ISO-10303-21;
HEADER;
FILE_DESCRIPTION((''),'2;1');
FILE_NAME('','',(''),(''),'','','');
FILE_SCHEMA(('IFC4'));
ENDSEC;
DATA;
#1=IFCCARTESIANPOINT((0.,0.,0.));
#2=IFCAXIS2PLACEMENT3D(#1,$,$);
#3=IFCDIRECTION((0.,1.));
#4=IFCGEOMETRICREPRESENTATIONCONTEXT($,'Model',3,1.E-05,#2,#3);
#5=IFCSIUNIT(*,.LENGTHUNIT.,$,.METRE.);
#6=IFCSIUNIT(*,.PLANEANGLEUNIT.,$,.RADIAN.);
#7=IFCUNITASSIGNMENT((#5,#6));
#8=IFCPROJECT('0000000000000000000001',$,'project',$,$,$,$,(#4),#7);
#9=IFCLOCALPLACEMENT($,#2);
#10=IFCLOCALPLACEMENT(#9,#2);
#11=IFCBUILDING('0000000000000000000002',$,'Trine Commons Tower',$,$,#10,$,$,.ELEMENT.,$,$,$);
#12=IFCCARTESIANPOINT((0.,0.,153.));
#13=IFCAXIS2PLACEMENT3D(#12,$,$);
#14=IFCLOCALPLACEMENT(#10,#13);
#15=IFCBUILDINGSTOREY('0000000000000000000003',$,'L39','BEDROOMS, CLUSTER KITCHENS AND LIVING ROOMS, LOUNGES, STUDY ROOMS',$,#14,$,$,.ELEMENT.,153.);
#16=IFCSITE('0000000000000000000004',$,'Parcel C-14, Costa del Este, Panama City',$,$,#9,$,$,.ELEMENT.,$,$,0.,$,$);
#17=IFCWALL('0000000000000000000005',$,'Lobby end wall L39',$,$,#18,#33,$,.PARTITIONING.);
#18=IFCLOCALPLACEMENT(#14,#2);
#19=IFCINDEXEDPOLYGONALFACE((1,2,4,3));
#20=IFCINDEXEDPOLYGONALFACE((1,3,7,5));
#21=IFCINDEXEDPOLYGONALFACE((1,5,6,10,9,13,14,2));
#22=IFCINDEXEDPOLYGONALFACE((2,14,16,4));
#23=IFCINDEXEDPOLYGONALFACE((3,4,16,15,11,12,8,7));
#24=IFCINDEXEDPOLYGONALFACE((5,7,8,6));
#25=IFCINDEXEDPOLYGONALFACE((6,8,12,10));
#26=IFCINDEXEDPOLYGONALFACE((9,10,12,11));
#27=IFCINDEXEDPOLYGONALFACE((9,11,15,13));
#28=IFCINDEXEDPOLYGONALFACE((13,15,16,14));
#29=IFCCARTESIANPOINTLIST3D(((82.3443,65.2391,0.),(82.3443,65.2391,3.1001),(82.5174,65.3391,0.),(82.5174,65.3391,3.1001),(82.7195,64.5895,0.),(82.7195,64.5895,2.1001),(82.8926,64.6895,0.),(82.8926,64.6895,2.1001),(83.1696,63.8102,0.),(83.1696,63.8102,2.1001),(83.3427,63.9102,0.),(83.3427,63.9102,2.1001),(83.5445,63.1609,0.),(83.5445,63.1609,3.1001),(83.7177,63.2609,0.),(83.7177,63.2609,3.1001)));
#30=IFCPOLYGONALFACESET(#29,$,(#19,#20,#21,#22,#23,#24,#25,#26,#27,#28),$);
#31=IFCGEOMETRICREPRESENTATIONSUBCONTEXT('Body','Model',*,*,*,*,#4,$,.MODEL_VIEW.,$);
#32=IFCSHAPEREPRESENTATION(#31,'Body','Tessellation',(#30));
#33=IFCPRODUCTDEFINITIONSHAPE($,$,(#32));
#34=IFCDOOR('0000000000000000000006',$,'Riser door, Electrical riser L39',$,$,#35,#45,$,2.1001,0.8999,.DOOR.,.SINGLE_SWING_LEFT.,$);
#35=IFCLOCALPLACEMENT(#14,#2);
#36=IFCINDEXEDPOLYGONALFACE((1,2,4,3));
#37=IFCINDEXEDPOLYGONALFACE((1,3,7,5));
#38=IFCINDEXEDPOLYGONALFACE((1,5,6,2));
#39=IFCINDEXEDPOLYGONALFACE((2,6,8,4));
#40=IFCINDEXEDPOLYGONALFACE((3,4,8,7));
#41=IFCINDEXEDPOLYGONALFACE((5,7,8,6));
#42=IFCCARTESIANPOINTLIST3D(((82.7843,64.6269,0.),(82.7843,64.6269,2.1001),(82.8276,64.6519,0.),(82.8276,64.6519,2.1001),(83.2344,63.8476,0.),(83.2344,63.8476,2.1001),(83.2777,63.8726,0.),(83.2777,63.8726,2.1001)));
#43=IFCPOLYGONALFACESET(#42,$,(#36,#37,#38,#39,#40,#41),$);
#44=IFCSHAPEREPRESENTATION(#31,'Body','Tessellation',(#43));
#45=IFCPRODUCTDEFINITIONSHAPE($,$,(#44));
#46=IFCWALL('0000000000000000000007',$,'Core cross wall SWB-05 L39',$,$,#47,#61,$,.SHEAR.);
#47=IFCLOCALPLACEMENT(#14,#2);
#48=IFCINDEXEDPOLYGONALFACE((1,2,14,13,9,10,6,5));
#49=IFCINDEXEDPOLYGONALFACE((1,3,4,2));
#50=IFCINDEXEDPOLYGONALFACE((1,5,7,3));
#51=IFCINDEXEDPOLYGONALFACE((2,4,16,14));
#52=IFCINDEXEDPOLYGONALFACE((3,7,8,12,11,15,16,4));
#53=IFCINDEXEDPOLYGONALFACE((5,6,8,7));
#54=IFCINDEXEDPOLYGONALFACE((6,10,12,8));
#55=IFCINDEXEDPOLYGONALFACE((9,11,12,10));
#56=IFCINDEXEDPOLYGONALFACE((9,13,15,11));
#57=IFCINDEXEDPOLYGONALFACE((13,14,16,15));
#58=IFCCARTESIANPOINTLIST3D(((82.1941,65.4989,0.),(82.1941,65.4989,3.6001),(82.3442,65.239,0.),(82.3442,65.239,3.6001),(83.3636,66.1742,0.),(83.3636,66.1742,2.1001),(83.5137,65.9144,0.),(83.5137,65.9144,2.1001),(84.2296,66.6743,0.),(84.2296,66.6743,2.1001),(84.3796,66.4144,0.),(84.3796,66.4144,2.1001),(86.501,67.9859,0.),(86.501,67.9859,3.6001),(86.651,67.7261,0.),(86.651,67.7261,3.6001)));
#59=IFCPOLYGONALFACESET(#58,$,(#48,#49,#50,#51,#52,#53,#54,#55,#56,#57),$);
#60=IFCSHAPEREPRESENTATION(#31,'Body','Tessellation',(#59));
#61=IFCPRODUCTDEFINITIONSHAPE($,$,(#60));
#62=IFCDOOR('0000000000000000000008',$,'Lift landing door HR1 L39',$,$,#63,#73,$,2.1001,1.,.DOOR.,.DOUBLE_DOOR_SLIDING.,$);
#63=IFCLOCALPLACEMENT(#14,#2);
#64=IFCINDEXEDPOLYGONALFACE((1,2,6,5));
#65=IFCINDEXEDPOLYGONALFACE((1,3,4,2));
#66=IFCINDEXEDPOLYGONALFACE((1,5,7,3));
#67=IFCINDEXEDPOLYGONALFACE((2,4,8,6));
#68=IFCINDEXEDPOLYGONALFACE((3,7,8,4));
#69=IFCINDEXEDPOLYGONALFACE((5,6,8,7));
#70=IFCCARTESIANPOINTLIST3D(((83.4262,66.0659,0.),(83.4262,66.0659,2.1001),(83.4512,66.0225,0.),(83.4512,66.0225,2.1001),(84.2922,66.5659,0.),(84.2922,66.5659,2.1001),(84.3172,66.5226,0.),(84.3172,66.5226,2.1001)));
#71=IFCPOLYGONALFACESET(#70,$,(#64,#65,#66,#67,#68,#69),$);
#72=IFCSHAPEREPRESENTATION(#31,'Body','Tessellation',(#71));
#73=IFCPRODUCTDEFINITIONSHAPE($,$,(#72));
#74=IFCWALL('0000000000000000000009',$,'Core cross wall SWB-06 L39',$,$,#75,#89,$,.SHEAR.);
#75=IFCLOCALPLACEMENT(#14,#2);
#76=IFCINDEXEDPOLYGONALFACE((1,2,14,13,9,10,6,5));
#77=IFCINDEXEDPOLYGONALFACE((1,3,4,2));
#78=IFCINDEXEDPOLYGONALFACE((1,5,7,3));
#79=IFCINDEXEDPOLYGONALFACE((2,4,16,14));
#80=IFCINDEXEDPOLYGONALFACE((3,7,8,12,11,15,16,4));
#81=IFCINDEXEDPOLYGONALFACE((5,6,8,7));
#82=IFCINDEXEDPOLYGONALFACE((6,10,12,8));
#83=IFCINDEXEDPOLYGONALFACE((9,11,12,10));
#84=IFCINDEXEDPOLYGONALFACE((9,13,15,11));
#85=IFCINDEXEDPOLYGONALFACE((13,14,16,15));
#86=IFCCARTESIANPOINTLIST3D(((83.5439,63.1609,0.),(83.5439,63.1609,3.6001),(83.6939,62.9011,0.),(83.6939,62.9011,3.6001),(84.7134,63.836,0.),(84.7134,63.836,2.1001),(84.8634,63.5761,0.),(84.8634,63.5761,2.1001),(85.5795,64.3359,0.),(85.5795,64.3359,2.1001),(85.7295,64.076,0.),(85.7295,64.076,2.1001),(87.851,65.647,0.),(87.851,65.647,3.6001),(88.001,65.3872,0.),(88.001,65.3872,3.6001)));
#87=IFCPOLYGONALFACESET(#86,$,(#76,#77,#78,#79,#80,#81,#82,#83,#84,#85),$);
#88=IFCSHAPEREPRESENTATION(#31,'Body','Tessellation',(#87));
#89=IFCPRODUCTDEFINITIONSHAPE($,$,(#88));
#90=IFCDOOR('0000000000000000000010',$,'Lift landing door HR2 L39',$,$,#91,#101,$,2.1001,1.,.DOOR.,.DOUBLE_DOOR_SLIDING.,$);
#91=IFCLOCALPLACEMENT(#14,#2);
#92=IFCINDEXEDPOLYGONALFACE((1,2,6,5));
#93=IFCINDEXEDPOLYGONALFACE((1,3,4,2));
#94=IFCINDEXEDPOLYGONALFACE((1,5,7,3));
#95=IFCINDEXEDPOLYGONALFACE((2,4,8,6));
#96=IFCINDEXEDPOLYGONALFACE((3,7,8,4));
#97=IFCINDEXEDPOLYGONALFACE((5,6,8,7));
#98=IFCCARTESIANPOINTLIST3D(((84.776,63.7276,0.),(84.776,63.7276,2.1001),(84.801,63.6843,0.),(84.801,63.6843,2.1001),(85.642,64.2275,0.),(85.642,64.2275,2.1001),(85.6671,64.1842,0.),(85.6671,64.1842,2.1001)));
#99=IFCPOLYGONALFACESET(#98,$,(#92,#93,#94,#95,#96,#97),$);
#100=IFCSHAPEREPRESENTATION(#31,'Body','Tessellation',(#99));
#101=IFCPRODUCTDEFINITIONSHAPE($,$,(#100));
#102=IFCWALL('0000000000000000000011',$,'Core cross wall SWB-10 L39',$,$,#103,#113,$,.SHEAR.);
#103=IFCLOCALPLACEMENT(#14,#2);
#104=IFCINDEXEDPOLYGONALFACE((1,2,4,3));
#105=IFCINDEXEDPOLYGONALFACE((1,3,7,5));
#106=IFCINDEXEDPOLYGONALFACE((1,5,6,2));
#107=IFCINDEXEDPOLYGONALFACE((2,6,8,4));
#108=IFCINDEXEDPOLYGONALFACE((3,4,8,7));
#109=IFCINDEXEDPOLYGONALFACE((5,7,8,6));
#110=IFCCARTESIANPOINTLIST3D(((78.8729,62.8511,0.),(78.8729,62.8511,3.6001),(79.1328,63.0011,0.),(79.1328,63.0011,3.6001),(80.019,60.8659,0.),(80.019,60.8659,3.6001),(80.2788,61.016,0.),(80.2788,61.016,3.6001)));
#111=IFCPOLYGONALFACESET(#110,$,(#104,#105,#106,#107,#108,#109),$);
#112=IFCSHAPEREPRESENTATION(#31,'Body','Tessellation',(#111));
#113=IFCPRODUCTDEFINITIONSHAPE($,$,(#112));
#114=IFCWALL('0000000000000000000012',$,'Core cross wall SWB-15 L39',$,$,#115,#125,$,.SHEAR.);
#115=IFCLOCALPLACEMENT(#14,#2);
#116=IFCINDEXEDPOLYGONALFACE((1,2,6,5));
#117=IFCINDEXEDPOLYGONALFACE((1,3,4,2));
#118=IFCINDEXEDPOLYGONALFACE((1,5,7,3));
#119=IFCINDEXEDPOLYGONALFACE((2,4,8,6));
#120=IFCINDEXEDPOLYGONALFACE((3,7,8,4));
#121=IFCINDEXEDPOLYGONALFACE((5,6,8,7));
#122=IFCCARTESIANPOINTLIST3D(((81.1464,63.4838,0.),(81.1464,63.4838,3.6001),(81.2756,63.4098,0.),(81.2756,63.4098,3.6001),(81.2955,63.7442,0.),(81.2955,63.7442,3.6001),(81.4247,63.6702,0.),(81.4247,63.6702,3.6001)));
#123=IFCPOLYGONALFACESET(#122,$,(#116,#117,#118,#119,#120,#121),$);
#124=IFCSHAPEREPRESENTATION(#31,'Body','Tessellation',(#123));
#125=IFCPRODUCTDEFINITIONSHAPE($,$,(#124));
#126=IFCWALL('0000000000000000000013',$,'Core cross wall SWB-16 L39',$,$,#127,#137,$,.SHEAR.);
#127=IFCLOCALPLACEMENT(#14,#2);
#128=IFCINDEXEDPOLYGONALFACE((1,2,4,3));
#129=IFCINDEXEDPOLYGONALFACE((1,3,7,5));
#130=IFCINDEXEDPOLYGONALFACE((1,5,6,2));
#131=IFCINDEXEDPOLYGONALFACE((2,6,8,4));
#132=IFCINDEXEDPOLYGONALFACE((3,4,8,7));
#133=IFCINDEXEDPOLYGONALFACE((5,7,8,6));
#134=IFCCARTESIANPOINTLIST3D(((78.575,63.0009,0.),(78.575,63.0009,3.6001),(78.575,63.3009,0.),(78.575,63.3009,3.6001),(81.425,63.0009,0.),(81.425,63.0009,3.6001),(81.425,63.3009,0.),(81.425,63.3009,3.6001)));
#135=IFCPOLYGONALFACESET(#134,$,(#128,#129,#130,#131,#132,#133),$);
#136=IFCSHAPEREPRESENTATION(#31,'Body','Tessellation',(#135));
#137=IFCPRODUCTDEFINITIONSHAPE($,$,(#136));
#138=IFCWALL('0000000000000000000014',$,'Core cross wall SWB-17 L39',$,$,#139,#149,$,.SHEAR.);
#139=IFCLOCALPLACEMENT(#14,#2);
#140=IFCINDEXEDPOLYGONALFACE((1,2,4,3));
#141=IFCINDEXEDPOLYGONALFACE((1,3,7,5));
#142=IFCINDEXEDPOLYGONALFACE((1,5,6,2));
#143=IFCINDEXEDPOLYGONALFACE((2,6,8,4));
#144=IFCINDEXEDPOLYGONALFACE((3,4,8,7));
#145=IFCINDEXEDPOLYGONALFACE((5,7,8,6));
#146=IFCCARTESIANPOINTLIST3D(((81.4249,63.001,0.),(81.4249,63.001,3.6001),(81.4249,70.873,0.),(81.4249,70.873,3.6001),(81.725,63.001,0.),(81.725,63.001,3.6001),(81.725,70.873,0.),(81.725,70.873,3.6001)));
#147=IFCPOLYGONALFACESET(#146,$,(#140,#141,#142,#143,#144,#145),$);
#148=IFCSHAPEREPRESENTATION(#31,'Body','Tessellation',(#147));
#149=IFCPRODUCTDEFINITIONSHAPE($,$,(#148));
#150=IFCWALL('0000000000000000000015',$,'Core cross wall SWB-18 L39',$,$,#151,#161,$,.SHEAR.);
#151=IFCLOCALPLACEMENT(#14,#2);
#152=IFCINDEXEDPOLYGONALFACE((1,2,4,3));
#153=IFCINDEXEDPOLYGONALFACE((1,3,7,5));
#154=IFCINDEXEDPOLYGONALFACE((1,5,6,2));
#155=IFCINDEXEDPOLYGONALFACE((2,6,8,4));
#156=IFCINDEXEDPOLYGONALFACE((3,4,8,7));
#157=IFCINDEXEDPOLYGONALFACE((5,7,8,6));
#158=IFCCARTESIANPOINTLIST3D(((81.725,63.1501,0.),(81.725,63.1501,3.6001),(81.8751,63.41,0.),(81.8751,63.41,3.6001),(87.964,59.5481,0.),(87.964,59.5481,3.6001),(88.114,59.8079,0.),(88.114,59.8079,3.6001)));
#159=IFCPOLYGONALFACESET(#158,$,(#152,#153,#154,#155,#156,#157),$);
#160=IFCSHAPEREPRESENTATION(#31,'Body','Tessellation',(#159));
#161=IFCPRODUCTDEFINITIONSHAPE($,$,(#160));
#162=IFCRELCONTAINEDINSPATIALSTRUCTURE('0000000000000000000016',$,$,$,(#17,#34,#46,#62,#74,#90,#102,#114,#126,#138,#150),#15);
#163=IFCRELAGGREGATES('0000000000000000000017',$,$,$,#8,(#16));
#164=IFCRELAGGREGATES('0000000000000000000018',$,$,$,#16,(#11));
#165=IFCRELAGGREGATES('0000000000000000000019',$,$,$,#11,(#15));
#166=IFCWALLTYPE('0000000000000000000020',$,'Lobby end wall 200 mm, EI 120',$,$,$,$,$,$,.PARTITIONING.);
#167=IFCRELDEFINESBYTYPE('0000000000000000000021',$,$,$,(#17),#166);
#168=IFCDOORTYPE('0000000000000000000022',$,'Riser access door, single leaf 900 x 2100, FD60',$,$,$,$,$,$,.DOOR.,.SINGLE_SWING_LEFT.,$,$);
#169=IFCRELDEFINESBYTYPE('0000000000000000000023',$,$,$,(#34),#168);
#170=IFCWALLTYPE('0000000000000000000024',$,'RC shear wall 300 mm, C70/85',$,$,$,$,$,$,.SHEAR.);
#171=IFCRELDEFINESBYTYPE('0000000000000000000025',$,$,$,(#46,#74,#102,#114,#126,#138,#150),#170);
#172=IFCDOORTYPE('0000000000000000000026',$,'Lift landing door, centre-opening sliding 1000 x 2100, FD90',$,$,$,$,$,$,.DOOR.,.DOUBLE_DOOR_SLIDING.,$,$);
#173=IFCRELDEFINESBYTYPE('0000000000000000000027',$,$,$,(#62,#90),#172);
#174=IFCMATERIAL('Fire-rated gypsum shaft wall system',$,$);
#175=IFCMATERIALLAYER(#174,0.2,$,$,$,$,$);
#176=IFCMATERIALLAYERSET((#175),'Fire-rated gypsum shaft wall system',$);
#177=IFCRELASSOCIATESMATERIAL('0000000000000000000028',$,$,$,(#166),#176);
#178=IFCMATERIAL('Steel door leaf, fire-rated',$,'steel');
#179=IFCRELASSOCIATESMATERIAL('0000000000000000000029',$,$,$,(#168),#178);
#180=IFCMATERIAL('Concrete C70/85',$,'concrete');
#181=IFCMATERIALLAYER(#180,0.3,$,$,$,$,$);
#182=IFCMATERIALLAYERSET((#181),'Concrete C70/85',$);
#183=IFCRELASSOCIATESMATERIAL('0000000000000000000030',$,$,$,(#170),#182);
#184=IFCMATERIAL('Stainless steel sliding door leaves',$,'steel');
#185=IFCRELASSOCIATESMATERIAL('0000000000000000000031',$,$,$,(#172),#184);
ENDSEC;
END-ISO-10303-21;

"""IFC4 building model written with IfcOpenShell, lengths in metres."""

from ifc_helpers import new_model, si_unit, direction, frame, frame_2d, origin, place, context, subcontext, project, spatial, rectangle, extrude, material, layer, layer_set, type_object, element, fill, save


model = new_model("IFC4")

# Units and contexts
model_context = context("Model", 3, precision=1e-05, world=origin(), true_north=direction((0.0, 1.0)))
body_context = subcontext(model_context, "Body", "Model", "MODEL_VIEW")
ifc_project = project(units=[si_unit("LENGTHUNIT", "METRE"), si_unit("PLANEANGLEUNIT", "RADIAN")], contexts=[model_context])

# Site, building, storey
site_placement = place(None, origin())
site = spatial("IfcSite", under=ifc_project, at=site_placement, Name="Parcel C-14, Costa del Este, Panama City", CompositionType="ELEMENT", RefElevation=0.0)
building_placement = place(site_placement, origin())
building = spatial("IfcBuilding", under=site, at=building_placement, Name="Trine Commons Tower", CompositionType="ELEMENT")
storey_placement = place(building_placement, frame((0.0, 0.0, 153.0)))
storey = spatial("IfcBuildingStorey", under=building, at=storey_placement, Name="L39", Description="BEDROOMS, CLUSTER KITCHENS AND LIVING ROOMS, LOUNGES, STUDY ROOMS", CompositionType="ELEMENT", Elevation=153.0)

# Walls, openings, doors
ifc_material_1 = material(Name="Fire-rated gypsum shaft wall system")
ifc_layer_1 = layer(ifc_material_1, 0.2)
ifc_layer_set_1 = layer_set([ifc_layer_1], Name="Fire-rated gypsum shaft wall system")
wall_type_1 = type_object("IfcWallType", Name="Lobby end wall 200 mm, EI 120", PredefinedType="PARTITIONING", material=ifc_layer_set_1)
wall_1_placement = place(storey_placement, frame((83.6311, 63.2109, 0.0), z_axis=(0.0, 0.0, 1.0), x_axis=(-0.500122, 0.865955, 0.0)))
wall_1 = element("IfcWall", 1, at=wall_1_placement, inside=storey, type_object=wall_type_1, Name="Lobby end wall L39", PredefinedType="PARTITIONING", context=body_context, shape_type="SweptSolid", body=[
    extrude(rectangle(XDim=2.3999, YDim=0.2, at=frame_2d((1.2, 0.0))), origin(), (0.0, 0.0, 1.0), 3.1001),
])
opening_1_placement = place(wall_1_placement, frame((0.7498, 0.0, 0.0)))
opening_1 = element("IfcOpeningElement", 2, at=opening_1_placement, cuts=wall_1, PredefinedType="OPENING", context=body_context, shape_type="SweptSolid", body=[
    extrude(rectangle(XDim=0.8999, YDim=2.1001, at=frame_2d((0.45, 1.05))), frame((0.0, 0.1099, 0.0), z_axis=(0.0, -1.0, 0.0), x_axis=(1.0, 0.0, 0.0)), (0.0, 0.0, 1.0), 0.22),
])
ifc_material_2 = material(Name="Steel door leaf, fire-rated", Category="steel")
door_type_1 = type_object("IfcDoorType", Name="Riser access door, single leaf 900 x 2100, FD60", OperationType="SINGLE_SWING_LEFT", PredefinedType="DOOR", material=ifc_material_2)
door_1_placement = place(opening_1_placement, frame((0.8999, 0.0, 0.0), z_axis=(0.0, 0.0, 1.0), x_axis=(-1.0, 0.0, 0.0)))
door_1 = element("IfcDoor", 3, at=door_1_placement, inside=storey, type_object=door_type_1, Name="Riser door, Electrical riser L39", OperationType="SINGLE_SWING_LEFT", OverallHeight=2.1001, OverallWidth=0.8999, PredefinedType="DOOR", context=body_context, shape_type="SweptSolid", body=[
    extrude(rectangle(XDim=0.8999, YDim=2.1001, at=frame_2d((0.45, 1.05))), frame((0.0, 0.0249, 0.0), z_axis=(0.0, -1.0, 0.0), x_axis=(1.0, 0.0, 0.0)), (0.0, 0.0, 1.0), 0.05),
])
fill(opening_1, door_1)
ifc_material_3 = material(Name="Concrete C70/85", Category="concrete")
ifc_layer_2 = layer(ifc_material_3, 0.3)
ifc_layer_set_2 = layer_set([ifc_layer_2], Name="Concrete C70/85")
wall_type_2 = type_object("IfcWallType", Name="RC shear wall 300 mm, C70/85", PredefinedType="SHEAR", material=ifc_layer_set_2)
wall_2_placement = place(storey_placement, frame((82.269, 65.3689, 0.0), z_axis=(0.0, 0.0, 1.0), x_axis=(0.865984, 0.500072, 0.0)))
wall_2 = element("IfcWall", 4, at=wall_2_placement, inside=storey, type_object=wall_type_2, Name="Core cross wall SWB-05 L39", PredefinedType="SHEAR", context=body_context, shape_type="SweptSolid", body=[
    extrude(rectangle(XDim=4.9734, YDim=0.3, at=frame_2d((2.4868, 0.0))), origin(), (0.0, 0.0, 1.0), 3.6001),
])
opening_2_placement = place(wall_2_placement, frame((1.3506, 0.0, 0.0)))
opening_2 = element("IfcOpeningElement", 5, at=opening_2_placement, cuts=wall_2, PredefinedType="OPENING", context=body_context, shape_type="SweptSolid", body=[
    extrude(rectangle(XDim=1.0, YDim=2.1001, at=frame_2d((0.5, 1.05))), frame((0.0, 0.1599, 0.0), z_axis=(0.0, -1.0, 0.0), x_axis=(1.0, 0.0, 0.0)), (0.0, 0.0, 1.0), 0.3201),
])
ifc_material_4 = material(Name="Stainless steel sliding door leaves", Category="steel")
door_type_2 = type_object("IfcDoorType", Name="Lift landing door, centre-opening sliding 1000 x 2100, FD90", OperationType="DOUBLE_DOOR_SLIDING", PredefinedType="DOOR", material=ifc_material_4)
door_2_placement = place(opening_2_placement, origin())
door_2 = element("IfcDoor", 6, at=door_2_placement, inside=storey, type_object=door_type_2, Name="Lift landing door HR1 L39", OperationType="DOUBLE_DOOR_SLIDING", OverallHeight=2.1001, OverallWidth=1.0, PredefinedType="DOOR", context=body_context, shape_type="SweptSolid", body=[
    extrude(rectangle(XDim=1.0, YDim=2.1001, at=frame_2d((0.5, 1.05))), frame((0.0, 0.0249, 0.0), z_axis=(0.0, -1.0, 0.0), x_axis=(1.0, 0.0, 0.0)), (0.0, 0.0, 1.0), 0.05),
])
fill(opening_2, door_2)
wall_3_placement = place(storey_placement, frame((83.6189, 63.031, 0.0), z_axis=(0.0, 0.0, 1.0), x_axis=(0.866081, 0.499904, 0.0)))
wall_3 = element("IfcWall", 7, at=wall_3_placement, inside=storey, type_object=wall_type_2, Name="Core cross wall SWB-06 L39", PredefinedType="SHEAR", context=body_context, shape_type="SweptSolid", body=[
    extrude(rectangle(XDim=4.9731, YDim=0.3, at=frame_2d((2.4866, 0.0))), origin(), (0.0, 0.0, 1.0), 3.6001),
])
opening_3_placement = place(wall_3_placement, frame((1.3503, 0.0, 0.0)))
opening_3 = element("IfcOpeningElement", 8, at=opening_3_placement, cuts=wall_3, PredefinedType="OPENING", context=body_context, shape_type="SweptSolid", body=[
    extrude(rectangle(XDim=1.0, YDim=2.1001, at=frame_2d((0.5, 1.05))), frame((0.0, 0.1599, 0.0), z_axis=(0.0, -1.0, 0.0), x_axis=(1.0, 0.0, 0.0)), (0.0, 0.0, 1.0), 0.3201),
])
door_3_placement = place(opening_3_placement, origin())
door_3 = element("IfcDoor", 9, at=door_3_placement, inside=storey, type_object=door_type_2, Name="Lift landing door HR2 L39", OperationType="DOUBLE_DOOR_SLIDING", OverallHeight=2.1001, OverallWidth=1.0, PredefinedType="DOOR", context=body_context, shape_type="SweptSolid", body=[
    extrude(rectangle(XDim=1.0, YDim=2.1001, at=frame_2d((0.5, 1.05))), frame((0.0, 0.0249, 0.0), z_axis=(0.0, -1.0, 0.0), x_axis=(1.0, 0.0, 0.0)), (0.0, 0.0, 1.0), 0.05),
])
fill(opening_3, door_3)

# Walls
wall_4_placement = place(storey_placement, frame((79.0029, 62.926, 0.0), z_axis=(0.0, 0.0, 1.0), x_axis=(0.499965, -0.866045, 0.0)))
element("IfcWall", 10, at=wall_4_placement, inside=storey, type_object=wall_type_2, Name="Core cross wall SWB-10 L39", PredefinedType="SHEAR", context=body_context, shape_type="SweptSolid", body=[
    extrude(rectangle(XDim=2.2922, YDim=0.3, at=frame_2d((1.146, 0.0))), origin(), (0.0, 0.0, 1.0), 3.6001),
])
wall_5_placement = place(storey_placement, frame((81.2209, 63.614, 0.0), z_axis=(0.0, 0.0, 1.0), x_axis=(0.867738, -0.497022, 0.0)))
element("IfcWall", 11, at=wall_5_placement, inside=storey, type_object=wall_type_2, Name="Core cross wall SWB-15 L39", PredefinedType="SHEAR", context=body_context, shape_type="SweptSolid", body=[
    extrude(rectangle(XDim=0.1489, YDim=0.3, at=frame_2d((0.0745, 0.0))), origin(), (0.0, 0.0, 1.0), 3.6001),
])
wall_6_placement = place(storey_placement, frame((81.425, 63.1509, 0.0), z_axis=(0.0, 0.0, 1.0), x_axis=(-1.0, 0.0, 0.0)))
element("IfcWall", 12, at=wall_6_placement, inside=storey, type_object=wall_type_2, Name="Core cross wall SWB-16 L39", PredefinedType="SHEAR", context=body_context, shape_type="SweptSolid", body=[
    extrude(rectangle(XDim=2.8501, YDim=0.3, at=frame_2d((1.425, 0.0))), origin(), (0.0, 0.0, 1.0), 3.6001),
])
wall_7_placement = place(storey_placement, frame((81.575, 63.001, 0.0), z_axis=(0.0, 0.0, 1.0), x_axis=(0.0, 1.0, 0.0)))
element("IfcWall", 13, at=wall_7_placement, inside=storey, type_object=wall_type_2, Name="Core cross wall SWB-17 L39", PredefinedType="SHEAR", context=body_context, shape_type="SweptSolid", body=[
    extrude(rectangle(XDim=7.8721, YDim=0.3, at=frame_2d((3.936, 0.0))), origin(), (0.0, 0.0, 1.0), 3.6001),
])
wall_8_placement = place(storey_placement, frame((81.8, 63.28, 0.0), z_axis=(0.0, 0.0, 1.0), x_axis=(0.866028, -0.499995, 0.0)))
element("IfcWall", 14, at=wall_8_placement, inside=storey, type_object=wall_type_2, Name="Core cross wall SWB-18 L39", PredefinedType="SHEAR", context=body_context, shape_type="SweptSolid", body=[
    extrude(rectangle(XDim=7.2041, YDim=0.3, at=frame_2d((3.6021, 0.0))), origin(), (0.0, 0.0, 1.0), 3.6001),
])

save(model, "model.ifc")
